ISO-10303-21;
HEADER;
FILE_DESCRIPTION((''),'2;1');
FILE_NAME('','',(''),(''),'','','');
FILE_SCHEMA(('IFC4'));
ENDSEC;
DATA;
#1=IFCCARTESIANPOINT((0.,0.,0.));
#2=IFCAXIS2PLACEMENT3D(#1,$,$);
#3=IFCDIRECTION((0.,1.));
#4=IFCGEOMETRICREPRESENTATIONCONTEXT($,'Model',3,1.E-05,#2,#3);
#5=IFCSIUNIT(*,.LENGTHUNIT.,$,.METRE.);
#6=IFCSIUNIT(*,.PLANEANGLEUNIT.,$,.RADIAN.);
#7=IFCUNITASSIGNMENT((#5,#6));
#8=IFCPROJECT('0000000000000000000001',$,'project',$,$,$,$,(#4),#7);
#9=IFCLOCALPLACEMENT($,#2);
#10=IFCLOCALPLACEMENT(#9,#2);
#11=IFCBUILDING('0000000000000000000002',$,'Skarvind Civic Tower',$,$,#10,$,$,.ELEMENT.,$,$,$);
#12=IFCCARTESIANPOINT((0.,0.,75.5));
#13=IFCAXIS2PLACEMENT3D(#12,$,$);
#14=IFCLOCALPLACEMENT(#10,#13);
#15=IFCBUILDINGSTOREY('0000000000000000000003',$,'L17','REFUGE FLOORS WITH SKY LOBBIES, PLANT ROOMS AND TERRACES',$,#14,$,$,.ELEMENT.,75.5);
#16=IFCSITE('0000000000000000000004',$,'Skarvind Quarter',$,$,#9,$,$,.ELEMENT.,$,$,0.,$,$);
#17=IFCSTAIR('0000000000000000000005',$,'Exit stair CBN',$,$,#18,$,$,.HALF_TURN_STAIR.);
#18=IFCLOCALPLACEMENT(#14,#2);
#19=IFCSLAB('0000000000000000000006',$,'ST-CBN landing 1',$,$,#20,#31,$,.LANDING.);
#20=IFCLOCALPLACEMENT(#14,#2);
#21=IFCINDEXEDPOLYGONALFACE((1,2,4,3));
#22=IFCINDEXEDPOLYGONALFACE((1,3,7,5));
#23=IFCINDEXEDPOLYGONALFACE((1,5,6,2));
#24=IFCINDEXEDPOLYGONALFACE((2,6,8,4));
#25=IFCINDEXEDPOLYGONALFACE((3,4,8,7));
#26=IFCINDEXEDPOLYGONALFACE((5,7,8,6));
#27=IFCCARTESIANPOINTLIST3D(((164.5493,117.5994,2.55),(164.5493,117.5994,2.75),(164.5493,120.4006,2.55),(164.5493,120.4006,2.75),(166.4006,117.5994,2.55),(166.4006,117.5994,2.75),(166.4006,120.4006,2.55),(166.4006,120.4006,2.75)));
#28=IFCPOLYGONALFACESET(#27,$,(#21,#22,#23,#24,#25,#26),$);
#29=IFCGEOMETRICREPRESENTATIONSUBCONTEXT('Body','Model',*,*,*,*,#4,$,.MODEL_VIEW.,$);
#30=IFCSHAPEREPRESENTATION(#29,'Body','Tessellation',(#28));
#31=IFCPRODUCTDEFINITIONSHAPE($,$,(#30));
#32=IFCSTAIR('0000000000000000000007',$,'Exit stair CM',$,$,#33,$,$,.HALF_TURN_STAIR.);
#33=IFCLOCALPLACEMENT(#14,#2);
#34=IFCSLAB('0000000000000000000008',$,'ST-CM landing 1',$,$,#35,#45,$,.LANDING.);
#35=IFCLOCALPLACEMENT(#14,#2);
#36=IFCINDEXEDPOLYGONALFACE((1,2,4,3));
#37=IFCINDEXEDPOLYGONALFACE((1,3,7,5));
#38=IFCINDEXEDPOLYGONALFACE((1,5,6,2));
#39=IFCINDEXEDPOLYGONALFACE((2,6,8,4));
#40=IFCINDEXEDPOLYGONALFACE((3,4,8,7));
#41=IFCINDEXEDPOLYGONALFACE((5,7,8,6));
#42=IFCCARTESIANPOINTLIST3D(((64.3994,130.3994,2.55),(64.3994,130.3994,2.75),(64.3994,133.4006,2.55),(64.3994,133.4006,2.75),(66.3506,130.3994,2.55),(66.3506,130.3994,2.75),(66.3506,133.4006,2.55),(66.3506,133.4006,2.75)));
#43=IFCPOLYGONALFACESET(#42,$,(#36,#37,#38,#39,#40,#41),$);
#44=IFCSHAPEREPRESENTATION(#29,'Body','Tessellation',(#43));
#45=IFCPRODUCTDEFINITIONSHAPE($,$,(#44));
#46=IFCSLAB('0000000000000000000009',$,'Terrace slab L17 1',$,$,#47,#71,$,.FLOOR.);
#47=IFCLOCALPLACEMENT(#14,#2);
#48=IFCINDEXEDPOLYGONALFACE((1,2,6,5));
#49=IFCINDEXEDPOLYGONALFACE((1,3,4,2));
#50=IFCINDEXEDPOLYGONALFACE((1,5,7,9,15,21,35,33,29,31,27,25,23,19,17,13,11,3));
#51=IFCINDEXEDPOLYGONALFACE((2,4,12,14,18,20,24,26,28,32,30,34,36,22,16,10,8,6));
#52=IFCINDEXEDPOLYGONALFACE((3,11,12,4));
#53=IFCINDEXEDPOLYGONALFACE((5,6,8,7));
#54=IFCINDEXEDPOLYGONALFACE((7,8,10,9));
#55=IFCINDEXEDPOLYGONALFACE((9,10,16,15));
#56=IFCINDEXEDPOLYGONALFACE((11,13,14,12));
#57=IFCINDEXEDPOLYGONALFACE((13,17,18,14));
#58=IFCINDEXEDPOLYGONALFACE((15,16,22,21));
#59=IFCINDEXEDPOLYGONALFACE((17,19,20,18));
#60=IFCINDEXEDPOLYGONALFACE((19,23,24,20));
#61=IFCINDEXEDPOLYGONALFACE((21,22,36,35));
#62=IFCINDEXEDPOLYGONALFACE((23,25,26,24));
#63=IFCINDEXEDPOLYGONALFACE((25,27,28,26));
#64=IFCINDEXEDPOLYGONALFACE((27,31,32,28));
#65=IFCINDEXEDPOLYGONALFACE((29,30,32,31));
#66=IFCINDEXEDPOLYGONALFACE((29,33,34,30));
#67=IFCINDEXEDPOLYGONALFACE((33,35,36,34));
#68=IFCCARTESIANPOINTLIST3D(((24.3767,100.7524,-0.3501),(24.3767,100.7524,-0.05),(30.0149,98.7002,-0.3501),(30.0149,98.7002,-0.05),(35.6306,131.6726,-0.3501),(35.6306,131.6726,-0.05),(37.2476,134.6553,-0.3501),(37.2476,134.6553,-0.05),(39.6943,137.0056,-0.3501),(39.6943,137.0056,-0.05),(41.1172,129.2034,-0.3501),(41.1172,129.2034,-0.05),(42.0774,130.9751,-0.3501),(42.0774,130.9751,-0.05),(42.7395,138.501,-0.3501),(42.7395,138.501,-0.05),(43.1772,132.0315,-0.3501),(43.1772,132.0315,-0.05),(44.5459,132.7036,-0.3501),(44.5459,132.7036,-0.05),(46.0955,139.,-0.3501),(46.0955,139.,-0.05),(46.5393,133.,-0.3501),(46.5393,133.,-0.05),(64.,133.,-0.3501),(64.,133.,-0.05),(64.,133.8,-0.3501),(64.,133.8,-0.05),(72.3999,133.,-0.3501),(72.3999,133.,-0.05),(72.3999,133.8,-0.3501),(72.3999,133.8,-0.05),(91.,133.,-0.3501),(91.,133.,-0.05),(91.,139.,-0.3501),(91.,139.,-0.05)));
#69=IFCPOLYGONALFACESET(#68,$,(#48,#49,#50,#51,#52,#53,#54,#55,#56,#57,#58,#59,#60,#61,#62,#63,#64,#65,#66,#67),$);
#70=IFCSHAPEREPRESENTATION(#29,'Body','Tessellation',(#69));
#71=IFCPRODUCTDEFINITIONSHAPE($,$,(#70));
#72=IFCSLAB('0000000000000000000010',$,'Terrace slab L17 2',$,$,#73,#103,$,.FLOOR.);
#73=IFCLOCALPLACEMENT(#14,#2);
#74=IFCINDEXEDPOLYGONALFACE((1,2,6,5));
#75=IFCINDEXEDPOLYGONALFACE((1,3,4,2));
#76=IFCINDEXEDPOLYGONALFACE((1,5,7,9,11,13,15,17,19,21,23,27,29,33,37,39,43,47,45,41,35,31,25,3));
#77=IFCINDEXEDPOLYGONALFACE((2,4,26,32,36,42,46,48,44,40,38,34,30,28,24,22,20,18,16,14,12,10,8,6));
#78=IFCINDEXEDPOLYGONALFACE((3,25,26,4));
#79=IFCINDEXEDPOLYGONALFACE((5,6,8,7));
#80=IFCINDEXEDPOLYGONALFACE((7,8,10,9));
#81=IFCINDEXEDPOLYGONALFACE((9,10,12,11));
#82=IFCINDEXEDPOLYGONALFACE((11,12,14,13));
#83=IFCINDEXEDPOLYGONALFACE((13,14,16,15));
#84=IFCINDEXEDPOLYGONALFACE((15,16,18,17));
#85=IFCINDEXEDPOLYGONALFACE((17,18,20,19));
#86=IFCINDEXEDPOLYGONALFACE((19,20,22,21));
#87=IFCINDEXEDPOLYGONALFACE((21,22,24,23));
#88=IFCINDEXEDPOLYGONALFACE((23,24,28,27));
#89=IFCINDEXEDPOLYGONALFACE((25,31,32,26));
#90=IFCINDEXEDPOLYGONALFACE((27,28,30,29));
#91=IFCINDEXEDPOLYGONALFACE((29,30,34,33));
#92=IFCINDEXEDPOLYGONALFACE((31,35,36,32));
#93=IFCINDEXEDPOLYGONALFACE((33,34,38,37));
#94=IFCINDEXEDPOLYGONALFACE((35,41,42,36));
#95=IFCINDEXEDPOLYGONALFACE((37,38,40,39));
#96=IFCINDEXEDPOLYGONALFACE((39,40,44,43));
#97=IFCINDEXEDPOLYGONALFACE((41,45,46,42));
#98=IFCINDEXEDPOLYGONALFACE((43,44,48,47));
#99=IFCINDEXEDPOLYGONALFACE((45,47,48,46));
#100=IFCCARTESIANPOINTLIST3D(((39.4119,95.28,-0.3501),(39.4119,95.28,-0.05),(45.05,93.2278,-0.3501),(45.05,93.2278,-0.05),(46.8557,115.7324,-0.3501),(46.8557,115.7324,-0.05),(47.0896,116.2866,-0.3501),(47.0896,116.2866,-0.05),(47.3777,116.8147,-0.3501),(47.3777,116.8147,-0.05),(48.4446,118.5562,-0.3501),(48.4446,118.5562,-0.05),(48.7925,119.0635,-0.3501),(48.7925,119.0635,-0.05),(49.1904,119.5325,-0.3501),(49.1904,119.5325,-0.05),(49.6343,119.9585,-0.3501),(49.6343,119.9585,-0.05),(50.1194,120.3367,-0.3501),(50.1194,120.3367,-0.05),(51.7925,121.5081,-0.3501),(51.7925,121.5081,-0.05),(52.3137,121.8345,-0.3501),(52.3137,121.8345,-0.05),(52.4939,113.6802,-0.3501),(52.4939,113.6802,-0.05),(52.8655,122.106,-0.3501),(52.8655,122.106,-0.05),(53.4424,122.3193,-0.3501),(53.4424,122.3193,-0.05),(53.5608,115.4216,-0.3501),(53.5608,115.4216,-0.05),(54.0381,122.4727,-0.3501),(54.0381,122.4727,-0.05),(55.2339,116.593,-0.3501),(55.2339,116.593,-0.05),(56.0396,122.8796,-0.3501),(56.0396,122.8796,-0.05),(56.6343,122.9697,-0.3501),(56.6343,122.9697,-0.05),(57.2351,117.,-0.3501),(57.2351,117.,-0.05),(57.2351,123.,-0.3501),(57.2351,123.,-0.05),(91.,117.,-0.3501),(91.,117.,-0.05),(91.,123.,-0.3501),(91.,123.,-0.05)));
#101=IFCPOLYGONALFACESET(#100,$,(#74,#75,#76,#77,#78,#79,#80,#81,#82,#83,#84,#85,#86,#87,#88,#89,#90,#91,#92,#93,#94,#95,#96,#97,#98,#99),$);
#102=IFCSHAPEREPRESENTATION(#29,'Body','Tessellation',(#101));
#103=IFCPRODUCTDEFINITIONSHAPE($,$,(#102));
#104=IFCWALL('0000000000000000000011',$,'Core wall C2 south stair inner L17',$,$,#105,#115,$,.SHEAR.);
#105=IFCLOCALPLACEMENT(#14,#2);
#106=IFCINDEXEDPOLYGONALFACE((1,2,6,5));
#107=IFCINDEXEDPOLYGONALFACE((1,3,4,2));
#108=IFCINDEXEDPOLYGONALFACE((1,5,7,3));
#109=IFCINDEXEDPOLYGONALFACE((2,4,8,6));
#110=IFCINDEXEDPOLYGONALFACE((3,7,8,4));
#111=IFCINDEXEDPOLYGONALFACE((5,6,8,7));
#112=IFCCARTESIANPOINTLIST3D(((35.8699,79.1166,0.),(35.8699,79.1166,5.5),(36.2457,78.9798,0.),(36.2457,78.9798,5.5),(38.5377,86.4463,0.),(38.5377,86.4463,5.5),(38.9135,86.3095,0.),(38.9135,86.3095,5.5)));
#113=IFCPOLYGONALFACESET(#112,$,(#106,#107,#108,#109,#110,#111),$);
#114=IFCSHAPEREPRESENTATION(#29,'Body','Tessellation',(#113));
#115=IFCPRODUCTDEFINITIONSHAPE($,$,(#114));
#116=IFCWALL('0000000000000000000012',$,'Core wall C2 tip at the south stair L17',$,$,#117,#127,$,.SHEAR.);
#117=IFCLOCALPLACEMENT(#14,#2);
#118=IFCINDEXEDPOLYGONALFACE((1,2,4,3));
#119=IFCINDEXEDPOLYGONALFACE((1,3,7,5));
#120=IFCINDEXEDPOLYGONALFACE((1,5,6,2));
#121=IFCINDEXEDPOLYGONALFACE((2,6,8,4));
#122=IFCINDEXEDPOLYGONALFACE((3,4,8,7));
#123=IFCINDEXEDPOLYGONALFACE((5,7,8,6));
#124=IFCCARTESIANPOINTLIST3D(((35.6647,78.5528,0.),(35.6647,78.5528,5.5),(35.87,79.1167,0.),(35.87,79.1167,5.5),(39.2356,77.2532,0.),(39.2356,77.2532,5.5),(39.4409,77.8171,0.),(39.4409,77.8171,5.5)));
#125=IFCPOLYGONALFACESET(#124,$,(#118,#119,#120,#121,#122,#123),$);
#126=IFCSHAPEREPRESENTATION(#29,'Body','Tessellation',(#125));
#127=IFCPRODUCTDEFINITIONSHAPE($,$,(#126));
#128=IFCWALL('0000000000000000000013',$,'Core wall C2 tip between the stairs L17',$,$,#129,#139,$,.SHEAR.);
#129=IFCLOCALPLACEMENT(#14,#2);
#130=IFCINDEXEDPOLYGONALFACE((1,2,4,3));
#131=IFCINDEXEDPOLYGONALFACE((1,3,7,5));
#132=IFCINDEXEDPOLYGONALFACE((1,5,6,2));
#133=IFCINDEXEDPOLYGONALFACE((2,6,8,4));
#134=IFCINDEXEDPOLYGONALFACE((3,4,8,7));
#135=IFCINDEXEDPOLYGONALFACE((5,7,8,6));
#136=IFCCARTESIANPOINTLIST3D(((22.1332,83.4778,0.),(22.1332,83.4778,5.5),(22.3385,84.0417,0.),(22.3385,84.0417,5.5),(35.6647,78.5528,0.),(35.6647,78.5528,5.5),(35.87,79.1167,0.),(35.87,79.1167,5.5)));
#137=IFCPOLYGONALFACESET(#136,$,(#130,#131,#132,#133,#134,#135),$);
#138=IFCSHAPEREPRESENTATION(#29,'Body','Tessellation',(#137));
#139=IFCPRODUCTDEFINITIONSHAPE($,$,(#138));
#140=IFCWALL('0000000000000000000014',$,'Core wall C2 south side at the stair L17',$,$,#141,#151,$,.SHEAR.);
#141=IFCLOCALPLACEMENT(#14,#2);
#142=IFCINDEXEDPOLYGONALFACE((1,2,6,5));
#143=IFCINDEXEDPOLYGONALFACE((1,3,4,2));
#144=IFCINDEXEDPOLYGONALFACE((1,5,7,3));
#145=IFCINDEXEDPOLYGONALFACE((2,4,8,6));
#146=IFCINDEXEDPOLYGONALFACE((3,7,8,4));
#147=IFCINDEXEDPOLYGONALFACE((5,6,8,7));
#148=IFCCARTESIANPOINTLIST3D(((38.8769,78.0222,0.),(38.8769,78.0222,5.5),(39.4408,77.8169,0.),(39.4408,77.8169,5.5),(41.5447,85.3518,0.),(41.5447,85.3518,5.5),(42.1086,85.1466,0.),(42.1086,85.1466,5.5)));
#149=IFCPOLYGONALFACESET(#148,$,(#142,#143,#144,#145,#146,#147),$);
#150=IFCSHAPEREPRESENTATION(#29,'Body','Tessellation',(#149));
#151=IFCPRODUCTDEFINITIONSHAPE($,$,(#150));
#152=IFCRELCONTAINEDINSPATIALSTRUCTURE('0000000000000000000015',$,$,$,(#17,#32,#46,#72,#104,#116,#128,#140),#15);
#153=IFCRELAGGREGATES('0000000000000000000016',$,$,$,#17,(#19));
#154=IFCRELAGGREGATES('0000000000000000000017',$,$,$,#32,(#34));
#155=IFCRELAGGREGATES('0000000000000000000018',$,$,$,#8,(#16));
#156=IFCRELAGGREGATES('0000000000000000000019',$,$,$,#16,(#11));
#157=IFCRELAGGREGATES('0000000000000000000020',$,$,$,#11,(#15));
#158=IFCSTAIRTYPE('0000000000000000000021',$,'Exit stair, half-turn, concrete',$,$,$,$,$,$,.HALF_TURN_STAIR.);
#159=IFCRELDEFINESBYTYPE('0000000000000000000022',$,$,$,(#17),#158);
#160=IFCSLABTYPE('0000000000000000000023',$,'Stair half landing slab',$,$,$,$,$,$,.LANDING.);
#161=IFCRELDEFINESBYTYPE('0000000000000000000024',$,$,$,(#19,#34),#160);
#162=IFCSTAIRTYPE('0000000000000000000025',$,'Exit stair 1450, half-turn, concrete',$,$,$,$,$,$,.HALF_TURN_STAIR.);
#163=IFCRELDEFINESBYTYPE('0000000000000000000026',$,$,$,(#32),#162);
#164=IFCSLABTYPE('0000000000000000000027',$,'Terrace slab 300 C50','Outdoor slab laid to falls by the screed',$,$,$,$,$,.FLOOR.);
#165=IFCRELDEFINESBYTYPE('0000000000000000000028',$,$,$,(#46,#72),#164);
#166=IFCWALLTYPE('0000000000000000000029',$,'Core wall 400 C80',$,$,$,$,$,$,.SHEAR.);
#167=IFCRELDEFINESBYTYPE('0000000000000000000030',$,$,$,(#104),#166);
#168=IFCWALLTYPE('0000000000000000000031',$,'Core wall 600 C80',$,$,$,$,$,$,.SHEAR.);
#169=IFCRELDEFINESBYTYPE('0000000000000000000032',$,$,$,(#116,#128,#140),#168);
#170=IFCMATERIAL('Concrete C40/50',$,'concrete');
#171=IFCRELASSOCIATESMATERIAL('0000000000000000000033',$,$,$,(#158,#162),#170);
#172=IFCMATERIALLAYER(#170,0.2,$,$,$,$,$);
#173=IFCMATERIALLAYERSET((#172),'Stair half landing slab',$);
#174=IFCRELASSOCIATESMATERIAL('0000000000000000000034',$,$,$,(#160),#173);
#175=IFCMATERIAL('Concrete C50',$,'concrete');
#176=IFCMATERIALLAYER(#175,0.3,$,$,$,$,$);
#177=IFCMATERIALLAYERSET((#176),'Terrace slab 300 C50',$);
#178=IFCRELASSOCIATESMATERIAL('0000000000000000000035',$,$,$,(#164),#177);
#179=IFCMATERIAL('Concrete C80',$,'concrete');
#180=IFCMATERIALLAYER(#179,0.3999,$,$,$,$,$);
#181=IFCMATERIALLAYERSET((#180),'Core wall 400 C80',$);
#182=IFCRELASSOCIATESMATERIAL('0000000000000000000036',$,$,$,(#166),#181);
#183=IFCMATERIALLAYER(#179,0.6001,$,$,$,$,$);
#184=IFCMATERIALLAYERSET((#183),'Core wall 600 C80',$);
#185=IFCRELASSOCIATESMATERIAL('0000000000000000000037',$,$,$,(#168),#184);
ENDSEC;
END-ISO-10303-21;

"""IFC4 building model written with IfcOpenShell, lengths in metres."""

from ifc_helpers import new_model, si_unit, direction, frame, frame_2d, origin, place, context, subcontext, project, spatial, polyline, rectangle, outline, extrude, material, layer, layer_set, type_object, element, aggregate, save


model = new_model("IFC4")

# Units and contexts
model_context = context("Model", 3, precision=1e-05, world=origin(), true_north=direction((0.0, 1.0)))
body_context = subcontext(model_context, "Body", "Model", "MODEL_VIEW")
ifc_project = project(units=[si_unit("LENGTHUNIT", "METRE"), si_unit("PLANEANGLEUNIT", "RADIAN")], contexts=[model_context])

# Site, building, storey
site_placement = place(None, origin())
site = spatial("IfcSite", under=ifc_project, at=site_placement, Name="Skarvind Quarter", CompositionType="ELEMENT", RefElevation=0.0)
building_placement = place(site_placement, origin())
building = spatial("IfcBuilding", under=site, at=building_placement, Name="Skarvind Civic Tower", CompositionType="ELEMENT")
storey_placement = place(building_placement, frame((0.0, 0.0, 75.5)))
storey = spatial("IfcBuildingStorey", under=building, at=storey_placement, Name="L17", Description="REFUGE FLOORS WITH SKY LOBBIES, PLANT ROOMS AND TERRACES", CompositionType="ELEMENT", Elevation=75.5)

# Shared definitions
ifc_material_1 = material(Name="Concrete C50", Category="concrete")
ifc_material_2 = material(Name="Concrete C40/50", Category="concrete")

# Stairs, slabs
stair_type_1 = type_object("IfcStairType", Name="Exit stair, half-turn, concrete", PredefinedType="HALF_TURN_STAIR", material=ifc_material_2)
ifc_layer_1 = layer(ifc_material_2, 0.2)
ifc_layer_set_1 = layer_set([ifc_layer_1], Name="Stair half landing slab")
slab_type_1 = type_object("IfcSlabType", Name="Stair half landing slab", PredefinedType="LANDING", material=ifc_layer_set_1)
stair_1_placement = place(storey_placement, origin())
stair_1 = element("IfcStair", 1, at=stair_1_placement, inside=storey, type_object=stair_type_1, Name="Exit stair CBN", PredefinedType="HALF_TURN_STAIR")
slab_1_placement = place(storey_placement, frame((0.0, 0.0, 2.55)))
slab_1 = element("IfcSlab", 2, at=slab_1_placement, type_object=slab_type_1, Name="ST-CBN landing 1", PredefinedType="LANDING", context=body_context, shape_type="SweptSolid", body=[
    extrude(outline(polyline([(164.5493, 117.5994), (164.5493, 120.4006), (166.4006, 120.4006), (166.4006, 117.5994), (164.5493, 117.5994)])), origin(), (0.0, 0.0, 1.0), 0.2),
])
aggregate(stair_1, [slab_1])
stair_type_2 = type_object("IfcStairType", Name="Exit stair 1450, half-turn, concrete", PredefinedType="HALF_TURN_STAIR", material=ifc_material_2)
stair_2_placement = place(storey_placement, origin())
stair_2 = element("IfcStair", 3, at=stair_2_placement, inside=storey, type_object=stair_type_2, Name="Exit stair CM", PredefinedType="HALF_TURN_STAIR")
slab_2_placement = place(storey_placement, frame((0.0, 0.0, 2.55)))
slab_2 = element("IfcSlab", 4, at=slab_2_placement, type_object=slab_type_1, Name="ST-CM landing 1", PredefinedType="LANDING", context=body_context, shape_type="SweptSolid", body=[
    extrude(outline(polyline([(66.3506, 133.4006), (66.3506, 130.3994), (64.3994, 130.3994), (64.3994, 133.4006), (66.3506, 133.4006)])), origin(), (0.0, 0.0, 1.0), 0.2),
])
aggregate(stair_2, [slab_2])

# Slabs
ifc_layer_2 = layer(ifc_material_1, 0.3)
ifc_layer_set_2 = layer_set([ifc_layer_2], Name="Terrace slab 300 C50")
slab_type_2 = type_object("IfcSlabType", Name="Terrace slab 300 C50", Description="Outdoor slab laid to falls by the screed", PredefinedType="FLOOR", material=ifc_layer_set_2)
slab_3_placement = place(storey_placement, frame((0.0, 0.0, -0.3501)))
element("IfcSlab", 5, at=slab_3_placement, inside=storey, type_object=slab_type_2, Name="Terrace slab L17 1", PredefinedType="FLOOR", context=body_context, shape_type="SweptSolid", body=[
    extrude(outline(polyline([(37.2476, 134.6553), (35.6306, 131.6726), (24.3767, 100.7524), (30.0149, 98.7002), (41.1172, 129.2034), (42.0774, 130.9751), (43.1772, 132.0315), (44.5459, 132.7036), (46.5393, 133.0), (64.0, 133.0), (64.0, 133.8), (72.3999, 133.8), (72.3999, 133.0), (91.0, 133.0), (91.0, 139.0), (46.0955, 139.0), (42.7395, 138.501), (39.6943, 137.0056), (37.2476, 134.6553)])), origin(), (0.0, 0.0, 1.0), 0.3),
])
slab_4_placement = place(storey_placement, frame((0.0, 0.0, -0.3501)))
element("IfcSlab", 6, at=slab_4_placement, inside=storey, type_object=slab_type_2, Name="Terrace slab L17 2", PredefinedType="FLOOR", context=body_context, shape_type="SweptSolid", body=[
    extrude(outline(polyline([(55.2339, 116.593), (57.2351, 117.0), (91.0, 117.0), (91.0, 123.0), (57.2351, 123.0), (56.6343, 122.9697), (56.0396, 122.8796), (54.0381, 122.4727), (53.4424, 122.3193), (52.8655, 122.106), (52.3137, 121.8345), (51.7925, 121.5081), (50.1194, 120.3367), (49.6343, 119.9585), (49.1904, 119.5325), (48.7925, 119.0635), (48.4446, 118.5562), (47.3777, 116.8147), (47.0896, 116.2866), (46.8557, 115.7324), (39.4119, 95.28), (45.05, 93.2278), (52.4939, 113.6802), (53.5608, 115.4216), (55.2339, 116.593)])), origin(), (0.0, 0.0, 1.0), 0.3),
])

# Walls
ifc_material_3 = material(Name="Concrete C80", Category="concrete")
ifc_layer_3 = layer(ifc_material_3, 0.3999)
ifc_layer_set_3 = layer_set([ifc_layer_3], Name="Core wall 400 C80")
wall_type_1 = type_object("IfcWallType", Name="Core wall 400 C80", PredefinedType="SHEAR", material=ifc_layer_set_3)
wall_1_placement = place(storey_placement, frame((36.0579, 79.0483, 0.0), z_axis=(0.0, 0.0, 1.0), x_axis=(0.342017, 0.939694, 0.0)))
element("IfcWall", 7, at=wall_1_placement, inside=storey, type_object=wall_type_1, Name="Core wall C2 south stair inner L17", PredefinedType="SHEAR", context=body_context, shape_type="SweptSolid", body=[
    extrude(rectangle(XDim=7.8, YDim=0.3999, at=frame_2d((3.8999, 0.0))), origin(), (0.0, 0.0, 1.0), 5.5),
])
ifc_layer_4 = layer(ifc_material_3, 0.6001)
ifc_layer_set_4 = layer_set([ifc_layer_4], Name="Core wall 600 C80")
wall_type_2 = type_object("IfcWallType", Name="Core wall 600 C80", PredefinedType="SHEAR", material=ifc_layer_set_4)
wall_2_placement = place(storey_placement, frame((39.3381, 77.5352, 0.0), z_axis=(0.0, 0.0, 1.0), x_axis=(-0.939701, 0.341996, 0.0)))
element("IfcWall", 8, at=wall_2_placement, inside=storey, type_object=wall_type_2, Name="Core wall C2 tip at the south stair L17", PredefinedType="SHEAR", context=body_context, shape_type="SweptSolid", body=[
    extrude(rectangle(XDim=3.8, YDim=0.6001, at=frame_2d((1.8999, 0.0))), origin(), (0.0, 0.0, 1.0), 5.5),
])
wall_3_placement = place(storey_placement, frame((35.7673, 78.8347, 0.0), z_axis=(0.0, 0.0, 1.0), x_axis=(-0.939693, 0.342019, 0.0)))
element("IfcWall", 9, at=wall_3_placement, inside=storey, type_object=wall_type_2, Name="Core wall C2 tip between the stairs L17", PredefinedType="SHEAR", context=body_context, shape_type="SweptSolid", body=[
    extrude(rectangle(XDim=14.3999, YDim=0.6001, at=frame_2d((7.2, 0.0))), origin(), (0.0, 0.0, 1.0), 5.5),
])
wall_4_placement = place(storey_placement, frame((39.1589, 77.9197, 0.0), z_axis=(0.0, 0.0, 1.0), x_axis=(0.342017, 0.939694, 0.0)))
element("IfcWall", 10, at=wall_4_placement, inside=storey, type_object=wall_type_2, Name="Core wall C2 south side at the stair L17", PredefinedType="SHEAR", context=body_context, shape_type="SweptSolid", body=[
    extrude(rectangle(XDim=7.8, YDim=0.6001, at=frame_2d((3.8999, 0.0))), origin(), (0.0, 0.0, 1.0), 5.5),
])

save(model, "model.ifc")
